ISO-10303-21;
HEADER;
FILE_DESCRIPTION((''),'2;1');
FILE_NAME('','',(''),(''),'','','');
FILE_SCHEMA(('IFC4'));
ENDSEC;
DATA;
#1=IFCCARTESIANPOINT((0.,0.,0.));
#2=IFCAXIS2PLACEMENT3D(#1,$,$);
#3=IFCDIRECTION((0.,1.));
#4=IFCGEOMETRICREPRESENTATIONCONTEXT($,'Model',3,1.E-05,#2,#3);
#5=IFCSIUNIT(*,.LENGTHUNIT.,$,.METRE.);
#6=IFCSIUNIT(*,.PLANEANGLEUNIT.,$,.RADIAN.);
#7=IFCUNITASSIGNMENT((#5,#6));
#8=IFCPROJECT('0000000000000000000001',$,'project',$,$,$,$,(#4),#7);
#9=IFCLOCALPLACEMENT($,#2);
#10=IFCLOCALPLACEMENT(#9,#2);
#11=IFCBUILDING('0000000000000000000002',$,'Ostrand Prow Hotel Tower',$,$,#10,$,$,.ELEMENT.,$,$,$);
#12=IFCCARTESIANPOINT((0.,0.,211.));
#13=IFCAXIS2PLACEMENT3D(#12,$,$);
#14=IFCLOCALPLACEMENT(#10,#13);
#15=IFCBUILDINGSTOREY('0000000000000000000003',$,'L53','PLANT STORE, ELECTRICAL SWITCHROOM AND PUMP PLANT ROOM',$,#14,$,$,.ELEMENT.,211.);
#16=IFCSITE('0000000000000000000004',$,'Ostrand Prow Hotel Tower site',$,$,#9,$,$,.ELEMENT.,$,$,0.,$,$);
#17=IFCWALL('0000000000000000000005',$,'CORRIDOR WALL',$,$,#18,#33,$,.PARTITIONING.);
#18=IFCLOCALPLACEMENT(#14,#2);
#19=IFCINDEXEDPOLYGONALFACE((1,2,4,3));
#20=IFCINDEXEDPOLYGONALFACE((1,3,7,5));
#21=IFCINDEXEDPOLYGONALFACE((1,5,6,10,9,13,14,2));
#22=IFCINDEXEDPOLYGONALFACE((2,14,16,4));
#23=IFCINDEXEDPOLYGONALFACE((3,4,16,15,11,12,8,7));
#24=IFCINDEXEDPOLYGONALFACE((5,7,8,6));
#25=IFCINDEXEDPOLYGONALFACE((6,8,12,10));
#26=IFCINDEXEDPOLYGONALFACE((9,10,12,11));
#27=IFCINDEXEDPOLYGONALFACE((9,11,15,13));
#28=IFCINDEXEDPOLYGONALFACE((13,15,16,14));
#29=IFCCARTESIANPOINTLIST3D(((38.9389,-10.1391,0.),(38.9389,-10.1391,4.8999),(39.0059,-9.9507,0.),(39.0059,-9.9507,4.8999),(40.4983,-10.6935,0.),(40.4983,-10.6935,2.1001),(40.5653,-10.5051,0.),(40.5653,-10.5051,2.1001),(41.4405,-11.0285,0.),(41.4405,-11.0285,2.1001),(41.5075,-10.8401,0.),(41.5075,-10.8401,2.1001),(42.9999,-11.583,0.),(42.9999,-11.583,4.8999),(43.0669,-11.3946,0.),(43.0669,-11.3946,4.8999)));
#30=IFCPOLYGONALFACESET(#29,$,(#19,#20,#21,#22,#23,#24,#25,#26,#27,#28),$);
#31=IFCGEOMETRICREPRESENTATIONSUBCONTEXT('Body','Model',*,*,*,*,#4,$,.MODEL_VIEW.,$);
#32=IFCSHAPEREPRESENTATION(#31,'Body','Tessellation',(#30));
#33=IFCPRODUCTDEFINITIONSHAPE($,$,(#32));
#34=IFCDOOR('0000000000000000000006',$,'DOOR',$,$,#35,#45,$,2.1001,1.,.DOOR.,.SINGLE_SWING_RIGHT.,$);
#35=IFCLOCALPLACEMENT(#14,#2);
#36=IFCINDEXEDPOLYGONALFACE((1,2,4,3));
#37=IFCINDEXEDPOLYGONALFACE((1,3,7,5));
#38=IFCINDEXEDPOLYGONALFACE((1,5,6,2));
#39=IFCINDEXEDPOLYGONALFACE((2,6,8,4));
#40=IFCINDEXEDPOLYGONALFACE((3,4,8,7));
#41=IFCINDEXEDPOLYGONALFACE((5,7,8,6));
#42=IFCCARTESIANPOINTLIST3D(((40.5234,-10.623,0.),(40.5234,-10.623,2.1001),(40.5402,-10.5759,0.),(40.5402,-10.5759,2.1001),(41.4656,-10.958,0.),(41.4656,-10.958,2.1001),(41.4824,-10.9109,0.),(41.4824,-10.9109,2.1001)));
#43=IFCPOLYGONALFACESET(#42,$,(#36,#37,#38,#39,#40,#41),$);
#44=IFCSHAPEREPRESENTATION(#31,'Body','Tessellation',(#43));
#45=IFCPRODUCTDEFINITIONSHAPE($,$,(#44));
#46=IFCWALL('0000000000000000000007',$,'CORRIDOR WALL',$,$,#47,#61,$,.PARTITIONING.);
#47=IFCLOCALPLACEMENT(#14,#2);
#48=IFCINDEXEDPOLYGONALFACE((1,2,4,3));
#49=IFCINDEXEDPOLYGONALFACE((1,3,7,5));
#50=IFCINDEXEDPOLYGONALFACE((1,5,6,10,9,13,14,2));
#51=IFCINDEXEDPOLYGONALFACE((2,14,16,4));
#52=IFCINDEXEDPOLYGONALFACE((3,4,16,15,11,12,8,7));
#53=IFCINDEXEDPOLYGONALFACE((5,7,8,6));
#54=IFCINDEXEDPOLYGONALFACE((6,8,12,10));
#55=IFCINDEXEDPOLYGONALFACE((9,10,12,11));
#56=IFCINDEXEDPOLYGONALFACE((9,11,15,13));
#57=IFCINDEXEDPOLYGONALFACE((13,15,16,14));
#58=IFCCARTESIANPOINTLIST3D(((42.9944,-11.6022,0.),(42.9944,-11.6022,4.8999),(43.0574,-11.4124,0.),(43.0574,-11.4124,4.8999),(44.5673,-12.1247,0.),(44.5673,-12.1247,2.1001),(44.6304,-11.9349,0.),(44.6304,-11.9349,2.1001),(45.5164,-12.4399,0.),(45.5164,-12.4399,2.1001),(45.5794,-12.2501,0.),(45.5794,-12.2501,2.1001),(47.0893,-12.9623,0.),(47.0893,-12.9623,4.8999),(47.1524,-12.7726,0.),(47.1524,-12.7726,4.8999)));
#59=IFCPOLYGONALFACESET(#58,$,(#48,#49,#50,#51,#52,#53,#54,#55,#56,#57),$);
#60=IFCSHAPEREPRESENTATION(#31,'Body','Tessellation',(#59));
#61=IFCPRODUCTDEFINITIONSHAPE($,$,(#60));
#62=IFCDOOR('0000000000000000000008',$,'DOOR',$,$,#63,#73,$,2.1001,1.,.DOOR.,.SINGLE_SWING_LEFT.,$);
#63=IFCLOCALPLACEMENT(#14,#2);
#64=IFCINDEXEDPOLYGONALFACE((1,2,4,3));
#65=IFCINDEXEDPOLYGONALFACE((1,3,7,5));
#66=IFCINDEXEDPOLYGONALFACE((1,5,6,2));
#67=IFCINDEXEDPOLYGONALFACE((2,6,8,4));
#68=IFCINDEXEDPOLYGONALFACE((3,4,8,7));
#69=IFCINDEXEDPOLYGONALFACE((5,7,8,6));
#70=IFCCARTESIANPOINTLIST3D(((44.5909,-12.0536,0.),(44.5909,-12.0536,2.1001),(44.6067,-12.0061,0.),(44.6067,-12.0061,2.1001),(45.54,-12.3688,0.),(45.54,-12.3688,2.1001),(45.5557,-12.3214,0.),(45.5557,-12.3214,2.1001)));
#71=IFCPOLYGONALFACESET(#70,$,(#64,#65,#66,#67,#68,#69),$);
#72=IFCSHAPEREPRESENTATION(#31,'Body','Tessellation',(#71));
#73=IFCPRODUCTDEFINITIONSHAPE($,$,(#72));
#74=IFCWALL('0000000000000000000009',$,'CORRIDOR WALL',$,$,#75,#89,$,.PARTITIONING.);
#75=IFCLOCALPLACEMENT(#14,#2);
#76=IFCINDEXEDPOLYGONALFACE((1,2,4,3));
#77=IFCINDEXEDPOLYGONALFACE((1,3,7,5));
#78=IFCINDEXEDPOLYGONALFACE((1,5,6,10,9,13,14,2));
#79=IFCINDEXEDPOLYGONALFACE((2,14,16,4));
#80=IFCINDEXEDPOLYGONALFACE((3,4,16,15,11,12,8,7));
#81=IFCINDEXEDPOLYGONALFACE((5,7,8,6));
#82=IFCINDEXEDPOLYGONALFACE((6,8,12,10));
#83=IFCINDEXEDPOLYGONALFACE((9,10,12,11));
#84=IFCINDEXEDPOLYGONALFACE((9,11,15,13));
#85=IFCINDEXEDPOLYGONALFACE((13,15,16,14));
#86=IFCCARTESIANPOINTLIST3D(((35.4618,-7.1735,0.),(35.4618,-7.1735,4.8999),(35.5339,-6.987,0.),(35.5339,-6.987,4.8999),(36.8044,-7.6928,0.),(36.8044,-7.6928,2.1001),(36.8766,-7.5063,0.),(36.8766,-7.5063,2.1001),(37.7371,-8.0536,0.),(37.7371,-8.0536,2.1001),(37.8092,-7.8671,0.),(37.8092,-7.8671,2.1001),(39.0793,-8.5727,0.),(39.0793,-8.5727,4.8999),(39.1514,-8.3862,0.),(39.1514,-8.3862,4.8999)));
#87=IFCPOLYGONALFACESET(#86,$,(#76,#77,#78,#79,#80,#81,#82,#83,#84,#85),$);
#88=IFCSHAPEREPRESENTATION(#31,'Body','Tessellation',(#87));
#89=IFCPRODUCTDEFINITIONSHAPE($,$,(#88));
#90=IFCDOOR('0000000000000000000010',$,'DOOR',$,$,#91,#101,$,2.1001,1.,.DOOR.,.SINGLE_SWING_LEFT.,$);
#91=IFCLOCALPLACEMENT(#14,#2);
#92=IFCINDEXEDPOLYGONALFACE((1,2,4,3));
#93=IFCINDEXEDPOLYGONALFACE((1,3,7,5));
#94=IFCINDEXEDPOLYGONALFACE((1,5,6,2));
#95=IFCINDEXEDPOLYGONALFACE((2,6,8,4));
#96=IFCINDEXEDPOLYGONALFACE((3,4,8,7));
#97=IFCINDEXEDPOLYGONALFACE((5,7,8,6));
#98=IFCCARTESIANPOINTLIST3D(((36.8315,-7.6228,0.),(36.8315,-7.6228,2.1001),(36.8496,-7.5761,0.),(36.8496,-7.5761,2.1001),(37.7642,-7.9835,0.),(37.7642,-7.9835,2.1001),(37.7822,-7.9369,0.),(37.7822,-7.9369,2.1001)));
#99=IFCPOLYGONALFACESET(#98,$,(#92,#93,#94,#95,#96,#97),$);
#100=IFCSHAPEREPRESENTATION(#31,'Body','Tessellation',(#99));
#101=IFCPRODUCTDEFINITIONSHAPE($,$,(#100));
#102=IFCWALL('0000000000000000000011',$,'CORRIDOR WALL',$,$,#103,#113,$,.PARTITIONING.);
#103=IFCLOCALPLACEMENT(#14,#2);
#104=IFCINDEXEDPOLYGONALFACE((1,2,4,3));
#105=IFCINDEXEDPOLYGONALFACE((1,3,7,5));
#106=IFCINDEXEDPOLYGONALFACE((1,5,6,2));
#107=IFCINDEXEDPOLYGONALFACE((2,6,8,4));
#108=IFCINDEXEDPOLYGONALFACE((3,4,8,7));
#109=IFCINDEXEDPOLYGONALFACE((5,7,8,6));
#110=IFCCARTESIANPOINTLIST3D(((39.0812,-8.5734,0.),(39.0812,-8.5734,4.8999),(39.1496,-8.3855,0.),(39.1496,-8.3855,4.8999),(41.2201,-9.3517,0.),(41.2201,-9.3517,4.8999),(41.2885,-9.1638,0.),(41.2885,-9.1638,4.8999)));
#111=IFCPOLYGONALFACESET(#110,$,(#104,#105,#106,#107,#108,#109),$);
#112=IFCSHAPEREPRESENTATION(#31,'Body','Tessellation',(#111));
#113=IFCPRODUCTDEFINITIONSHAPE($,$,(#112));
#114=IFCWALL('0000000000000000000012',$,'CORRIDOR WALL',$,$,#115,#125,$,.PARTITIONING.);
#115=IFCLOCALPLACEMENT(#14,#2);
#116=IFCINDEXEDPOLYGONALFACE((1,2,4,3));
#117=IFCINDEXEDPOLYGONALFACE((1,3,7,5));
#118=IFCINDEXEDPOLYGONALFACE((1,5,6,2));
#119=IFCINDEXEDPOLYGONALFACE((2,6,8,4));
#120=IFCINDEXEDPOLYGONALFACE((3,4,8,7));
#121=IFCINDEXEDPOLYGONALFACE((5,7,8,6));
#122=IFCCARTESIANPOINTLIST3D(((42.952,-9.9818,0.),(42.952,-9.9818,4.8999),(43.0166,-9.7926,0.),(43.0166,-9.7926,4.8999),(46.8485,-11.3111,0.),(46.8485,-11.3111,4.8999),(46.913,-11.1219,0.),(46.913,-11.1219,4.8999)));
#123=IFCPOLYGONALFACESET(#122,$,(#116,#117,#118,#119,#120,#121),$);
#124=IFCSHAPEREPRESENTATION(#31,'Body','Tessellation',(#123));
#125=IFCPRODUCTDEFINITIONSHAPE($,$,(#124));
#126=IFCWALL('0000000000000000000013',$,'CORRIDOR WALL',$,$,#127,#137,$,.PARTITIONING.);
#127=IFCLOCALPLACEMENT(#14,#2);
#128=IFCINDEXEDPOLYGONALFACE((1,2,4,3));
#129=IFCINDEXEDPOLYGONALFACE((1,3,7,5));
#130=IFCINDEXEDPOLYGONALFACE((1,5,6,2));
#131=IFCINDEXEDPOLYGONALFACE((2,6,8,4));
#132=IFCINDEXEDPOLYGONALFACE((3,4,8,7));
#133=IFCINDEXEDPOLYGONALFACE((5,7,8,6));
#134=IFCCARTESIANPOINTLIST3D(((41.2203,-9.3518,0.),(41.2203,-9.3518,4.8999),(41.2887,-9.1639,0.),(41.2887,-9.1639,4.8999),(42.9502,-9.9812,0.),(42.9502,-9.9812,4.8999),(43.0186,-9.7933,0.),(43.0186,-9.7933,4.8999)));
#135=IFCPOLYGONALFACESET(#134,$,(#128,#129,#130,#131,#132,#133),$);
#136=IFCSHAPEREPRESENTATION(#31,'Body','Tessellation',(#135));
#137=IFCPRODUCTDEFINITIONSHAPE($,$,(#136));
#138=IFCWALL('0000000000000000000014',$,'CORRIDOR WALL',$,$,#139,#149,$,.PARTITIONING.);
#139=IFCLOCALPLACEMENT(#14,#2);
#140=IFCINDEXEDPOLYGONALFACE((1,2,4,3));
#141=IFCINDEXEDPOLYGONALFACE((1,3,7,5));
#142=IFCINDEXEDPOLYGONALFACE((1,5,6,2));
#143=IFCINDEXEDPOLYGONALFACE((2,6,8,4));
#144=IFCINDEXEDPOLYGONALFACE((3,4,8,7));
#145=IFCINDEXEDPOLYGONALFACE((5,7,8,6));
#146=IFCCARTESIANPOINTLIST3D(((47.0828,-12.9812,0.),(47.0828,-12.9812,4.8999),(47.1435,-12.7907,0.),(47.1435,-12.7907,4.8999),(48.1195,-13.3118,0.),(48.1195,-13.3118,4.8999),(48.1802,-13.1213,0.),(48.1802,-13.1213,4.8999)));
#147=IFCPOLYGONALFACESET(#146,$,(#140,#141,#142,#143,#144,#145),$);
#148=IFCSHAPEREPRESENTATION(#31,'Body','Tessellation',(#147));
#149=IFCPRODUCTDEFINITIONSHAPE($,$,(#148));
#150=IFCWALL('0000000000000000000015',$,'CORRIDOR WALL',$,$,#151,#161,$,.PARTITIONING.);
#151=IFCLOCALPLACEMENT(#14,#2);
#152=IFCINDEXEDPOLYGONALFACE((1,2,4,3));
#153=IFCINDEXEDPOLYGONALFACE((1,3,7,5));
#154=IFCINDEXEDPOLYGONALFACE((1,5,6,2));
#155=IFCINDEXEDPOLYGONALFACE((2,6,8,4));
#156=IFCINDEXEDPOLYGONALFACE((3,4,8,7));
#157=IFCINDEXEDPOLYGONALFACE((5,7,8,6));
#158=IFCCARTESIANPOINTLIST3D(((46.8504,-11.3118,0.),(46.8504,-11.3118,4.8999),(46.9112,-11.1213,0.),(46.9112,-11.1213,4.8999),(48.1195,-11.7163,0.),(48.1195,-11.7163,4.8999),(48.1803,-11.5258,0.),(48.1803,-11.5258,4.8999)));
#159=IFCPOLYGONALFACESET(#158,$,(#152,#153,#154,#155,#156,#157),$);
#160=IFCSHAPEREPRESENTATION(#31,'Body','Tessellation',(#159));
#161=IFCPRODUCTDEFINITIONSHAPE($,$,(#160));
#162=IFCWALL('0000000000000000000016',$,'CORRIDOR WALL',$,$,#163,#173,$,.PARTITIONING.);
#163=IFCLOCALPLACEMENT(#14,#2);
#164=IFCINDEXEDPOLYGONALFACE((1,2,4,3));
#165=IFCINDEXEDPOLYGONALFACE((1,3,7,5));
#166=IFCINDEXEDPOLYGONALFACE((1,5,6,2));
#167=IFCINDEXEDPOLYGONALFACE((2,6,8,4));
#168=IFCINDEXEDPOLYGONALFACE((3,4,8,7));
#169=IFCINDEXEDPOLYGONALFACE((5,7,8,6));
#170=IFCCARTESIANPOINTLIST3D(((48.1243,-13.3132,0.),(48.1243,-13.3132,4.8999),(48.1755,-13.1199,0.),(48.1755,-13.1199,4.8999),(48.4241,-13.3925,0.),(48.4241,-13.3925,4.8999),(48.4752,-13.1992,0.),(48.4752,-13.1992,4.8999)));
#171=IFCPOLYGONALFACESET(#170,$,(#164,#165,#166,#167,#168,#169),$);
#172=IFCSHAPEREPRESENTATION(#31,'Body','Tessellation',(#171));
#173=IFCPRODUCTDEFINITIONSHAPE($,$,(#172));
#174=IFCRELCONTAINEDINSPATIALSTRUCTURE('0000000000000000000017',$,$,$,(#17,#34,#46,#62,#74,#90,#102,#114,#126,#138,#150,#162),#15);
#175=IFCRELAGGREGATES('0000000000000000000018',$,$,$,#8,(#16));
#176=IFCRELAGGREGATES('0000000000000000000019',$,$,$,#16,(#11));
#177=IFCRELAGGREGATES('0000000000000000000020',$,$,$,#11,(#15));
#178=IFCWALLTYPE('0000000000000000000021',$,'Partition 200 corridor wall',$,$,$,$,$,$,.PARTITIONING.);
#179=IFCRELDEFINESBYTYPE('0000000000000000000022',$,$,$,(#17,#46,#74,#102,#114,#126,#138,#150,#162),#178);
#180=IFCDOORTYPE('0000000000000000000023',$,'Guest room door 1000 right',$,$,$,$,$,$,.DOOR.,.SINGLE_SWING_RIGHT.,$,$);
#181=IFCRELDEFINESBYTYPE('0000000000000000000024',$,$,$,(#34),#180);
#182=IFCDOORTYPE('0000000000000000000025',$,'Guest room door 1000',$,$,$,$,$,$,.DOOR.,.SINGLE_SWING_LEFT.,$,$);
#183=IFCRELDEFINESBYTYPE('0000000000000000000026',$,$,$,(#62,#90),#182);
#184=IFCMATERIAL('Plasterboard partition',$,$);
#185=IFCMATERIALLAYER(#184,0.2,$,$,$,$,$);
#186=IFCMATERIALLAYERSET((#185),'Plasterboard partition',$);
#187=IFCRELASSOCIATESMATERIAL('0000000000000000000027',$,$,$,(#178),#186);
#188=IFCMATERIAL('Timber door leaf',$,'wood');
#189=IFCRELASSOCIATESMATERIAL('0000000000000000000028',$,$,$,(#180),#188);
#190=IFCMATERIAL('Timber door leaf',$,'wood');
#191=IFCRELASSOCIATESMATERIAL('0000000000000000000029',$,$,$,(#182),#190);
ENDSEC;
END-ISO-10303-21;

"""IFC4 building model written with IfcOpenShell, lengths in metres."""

from ifc_helpers import new_model, si_unit, direction, frame, frame_2d, origin, place, context, subcontext, project, spatial, rectangle, extrude, material, layer, layer_set, type_object, element, fill, save


model = new_model("IFC4")

# Units and contexts
model_context = context("Model", 3, precision=1e-05, world=origin(), true_north=direction((0.0, 1.0)))
body_context = subcontext(model_context, "Body", "Model", "MODEL_VIEW")
ifc_project = project(units=[si_unit("LENGTHUNIT", "METRE"), si_unit("PLANEANGLEUNIT", "RADIAN")], contexts=[model_context])

# Site, building, storey
site_placement = place(None, origin())
site = spatial("IfcSite", under=ifc_project, at=site_placement, Name="Ostrand Prow Hotel Tower site", CompositionType="ELEMENT", RefElevation=0.0)
building_placement = place(site_placement, origin())
building = spatial("IfcBuilding", under=site, at=building_placement, Name="Ostrand Prow Hotel Tower", CompositionType="ELEMENT")
storey_placement = place(building_placement, frame((0.0, 0.0, 211.0)))
storey = spatial("IfcBuildingStorey", under=building, at=storey_placement, Name="L53", Description="PLANT STORE, ELECTRICAL SWITCHROOM AND PUMP PLANT ROOM", CompositionType="ELEMENT", Elevation=211.0)

# Walls, openings, doors
ifc_material_1 = material(Name="Plasterboard partition")
ifc_layer_1 = layer(ifc_material_1, 0.2)
ifc_layer_set_1 = layer_set([ifc_layer_1], Name="Plasterboard partition")
wall_type_1 = type_object("IfcWallType", Name="Partition 200 corridor wall", PredefinedType="PARTITIONING", material=ifc_layer_set_1)
wall_1_placement = place(storey_placement, frame((38.9724, -10.0449, 0.0), z_axis=(0.0, 0.0, 1.0), x_axis=(0.94222, -0.334994, 0.0)))
wall_1 = element("IfcWall", 1, at=wall_1_placement, inside=storey, type_object=wall_type_1, Name="CORRIDOR WALL", PredefinedType="PARTITIONING", context=body_context, shape_type="SweptSolid", body=[
    extrude(rectangle(XDim=4.3101, YDim=0.2, at=frame_2d((2.155, 0.0))), origin(), (0.0, 0.0, 1.0), 4.8999),
])
opening_1_placement = place(wall_1_placement, frame((1.655, 0.0, 0.0)))
opening_1 = element("IfcOpeningElement", 2, at=opening_1_placement, cuts=wall_1, PredefinedType="OPENING", context=body_context, shape_type="SweptSolid", body=[
    extrude(rectangle(XDim=1.0, YDim=2.1001, at=frame_2d((0.5, 1.05))), frame((0.0, 0.1099, 0.0), z_axis=(0.0, -1.0, 0.0), x_axis=(1.0, 0.0, 0.0)), (0.0, 0.0, 1.0), 0.22),
])
ifc_material_2 = material(Name="Timber door leaf", Category="wood")
door_type_1 = type_object("IfcDoorType", Name="Guest room door 1000 right", OperationType="SINGLE_SWING_RIGHT", PredefinedType="DOOR", material=ifc_material_2)
door_1_placement = place(opening_1_placement, origin())
door_1 = element("IfcDoor", 3, at=door_1_placement, inside=storey, type_object=door_type_1, Name="DOOR", OperationType="SINGLE_SWING_RIGHT", OverallHeight=2.1001, OverallWidth=1.0, PredefinedType="DOOR", context=body_context, shape_type="SweptSolid", body=[
    extrude(rectangle(XDim=1.0, YDim=2.1001, at=frame_2d((0.5, 1.05))), frame((0.0, 0.0249, 0.0), z_axis=(0.0, -1.0, 0.0), x_axis=(1.0, 0.0, 0.0)), (0.0, 0.0, 1.0), 0.05),
])
fill(opening_1, door_1)
wall_2_placement = place(storey_placement, frame((43.0259, -11.5073, 0.0), z_axis=(0.0, 0.0, 1.0), x_axis=(0.949022, -0.315209, 0.0)))
wall_2 = element("IfcWall", 4, at=wall_2_placement, inside=storey, type_object=wall_type_1, Name="CORRIDOR WALL", PredefinedType="PARTITIONING", context=body_context, shape_type="SweptSolid", body=[
    extrude(rectangle(XDim=4.3149, YDim=0.2, at=frame_2d((2.1575, 0.0))), origin(), (0.0, 0.0, 1.0), 4.8999),
])
opening_2_placement = place(wall_2_placement, frame((1.6575, 0.0, 0.0)))
opening_2 = element("IfcOpeningElement", 5, at=opening_2_placement, cuts=wall_2, PredefinedType="OPENING", context=body_context, shape_type="SweptSolid", body=[
    extrude(rectangle(XDim=1.0, YDim=2.1001, at=frame_2d((0.5, 1.05))), frame((0.0, 0.1099, 0.0), z_axis=(0.0, -1.0, 0.0), x_axis=(1.0, 0.0, 0.0)), (0.0, 0.0, 1.0), 0.22),
])
ifc_material_3 = material(Name="Timber door leaf", Category="wood")
door_type_2 = type_object("IfcDoorType", Name="Guest room door 1000", OperationType="SINGLE_SWING_LEFT", PredefinedType="DOOR", material=ifc_material_3)
door_2_placement = place(opening_2_placement, origin())
door_2 = element("IfcDoor", 6, at=door_2_placement, inside=storey, type_object=door_type_2, Name="DOOR", OperationType="SINGLE_SWING_LEFT", OverallHeight=2.1001, OverallWidth=1.0, PredefinedType="DOOR", context=body_context, shape_type="SweptSolid", body=[
    extrude(rectangle(XDim=1.0, YDim=2.1001, at=frame_2d((0.5, 1.05))), frame((0.0, 0.0249, 0.0), z_axis=(0.0, -1.0, 0.0), x_axis=(1.0, 0.0, 0.0)), (0.0, 0.0, 1.0), 0.05),
])
fill(opening_2, door_2)
wall_3_placement = place(storey_placement, frame((39.1155, -8.4795, 0.0), z_axis=(0.0, 0.0, 1.0), x_axis=(-0.932666, 0.360742, 0.0)))
wall_3 = element("IfcWall", 7, at=wall_3_placement, inside=storey, type_object=wall_type_1, Name="CORRIDOR WALL", PredefinedType="PARTITIONING", context=body_context, shape_type="SweptSolid", body=[
    extrude(rectangle(XDim=3.8787, YDim=0.2, at=frame_2d((1.9395, 0.0))), origin(), (0.0, 0.0, 1.0), 4.8999),
])
opening_3_placement = place(wall_3_placement, frame((1.4392, 0.0, 0.0)))
opening_3 = element("IfcOpeningElement", 8, at=opening_3_placement, cuts=wall_3, PredefinedType="OPENING", context=body_context, shape_type="SweptSolid", body=[
    extrude(rectangle(XDim=1.0, YDim=2.1001, at=frame_2d((0.5, 1.05))), frame((0.0, 0.1099, 0.0), z_axis=(0.0, -1.0, 0.0), x_axis=(1.0, 0.0, 0.0)), (0.0, 0.0, 1.0), 0.22),
])
door_3_placement = place(opening_3_placement, origin())
door_3 = element("IfcDoor", 9, at=door_3_placement, inside=storey, type_object=door_type_2, Name="DOOR", OperationType="SINGLE_SWING_LEFT", OverallHeight=2.1001, OverallWidth=1.0, PredefinedType="DOOR", context=body_context, shape_type="SweptSolid", body=[
    extrude(rectangle(XDim=1.0, YDim=2.1001, at=frame_2d((0.5, 1.05))), frame((0.0, 0.0249, 0.0), z_axis=(0.0, -1.0, 0.0), x_axis=(1.0, 0.0, 0.0)), (0.0, 0.0, 1.0), 0.05),
])
fill(opening_3, door_3)

# Walls
wall_4_placement = place(storey_placement, frame((41.2544, -9.2578, 0.0), z_axis=(0.0, 0.0, 1.0), x_axis=(-0.939718, 0.34195, 0.0)))
element("IfcWall", 10, at=wall_4_placement, inside=storey, type_object=wall_type_1, Name="CORRIDOR WALL", PredefinedType="PARTITIONING", context=body_context, shape_type="SweptSolid", body=[
    extrude(rectangle(XDim=2.2761, YDim=0.2, at=frame_2d((1.1382, 0.0))), origin(), (0.0, 0.0, 1.0), 4.8999),
])
wall_5_placement = place(storey_placement, frame((46.8809, -11.2166, 0.0), z_axis=(0.0, 0.0, 1.0), x_axis=(-0.946436, 0.322891, 0.0)))
element("IfcWall", 11, at=wall_5_placement, inside=storey, type_object=wall_type_1, Name="CORRIDOR WALL", PredefinedType="PARTITIONING", context=body_context, shape_type="SweptSolid", body=[
    extrude(rectangle(XDim=4.1169, YDim=0.2, at=frame_2d((2.0586, 0.0))), origin(), (0.0, 0.0, 1.0), 4.8999),
])
wall_6_placement = place(storey_placement, frame((42.9844, -9.8872, 0.0), z_axis=(0.0, 0.0, 1.0), x_axis=(-0.939739, 0.341892, 0.0)))
element("IfcWall", 12, at=wall_6_placement, inside=storey, type_object=wall_type_1, Name="CORRIDOR WALL", PredefinedType="PARTITIONING", context=body_context, shape_type="SweptSolid", body=[
    extrude(rectangle(XDim=1.8408, YDim=0.2, at=frame_2d((0.9204, 0.0))), origin(), (0.0, 0.0, 1.0), 4.8999),
])
wall_7_placement = place(storey_placement, frame((47.1133, -12.886, 0.0), z_axis=(0.0, 0.0, 1.0), x_axis=(0.952731, -0.303815, 0.0)))
element("IfcWall", 13, at=wall_7_placement, inside=storey, type_object=wall_type_1, Name="CORRIDOR WALL", PredefinedType="PARTITIONING", context=body_context, shape_type="SweptSolid", body=[
    extrude(rectangle(XDim=1.0881, YDim=0.2, at=frame_2d((0.5439, 0.0))), origin(), (0.0, 0.0, 1.0), 4.8999),
])
wall_8_placement = place(storey_placement, frame((48.1499, -11.6211, 0.0), z_axis=(0.0, 0.0, 1.0), x_axis=(-0.952762, 0.303718, 0.0)))
element("IfcWall", 14, at=wall_8_placement, inside=storey, type_object=wall_type_1, Name="CORRIDOR WALL", PredefinedType="PARTITIONING", context=body_context, shape_type="SweptSolid", body=[
    extrude(rectangle(XDim=1.332, YDim=0.2, at=frame_2d((0.666, 0.0))), origin(), (0.0, 0.0, 1.0), 4.8999),
])
wall_9_placement = place(storey_placement, frame((48.1499, -13.2166, 0.0), z_axis=(0.0, 0.0, 1.0), x_axis=(0.966717, -0.255849, 0.0)))
element("IfcWall", 15, at=wall_9_placement, inside=storey, type_object=wall_type_1, Name="CORRIDOR WALL", PredefinedType="PARTITIONING", context=body_context, shape_type="SweptSolid", body=[
    extrude(rectangle(XDim=0.3101, YDim=0.2, at=frame_2d((0.155, 0.0))), origin(), (0.0, 0.0, 1.0), 4.8999),
])

save(model, "model.ifc")
